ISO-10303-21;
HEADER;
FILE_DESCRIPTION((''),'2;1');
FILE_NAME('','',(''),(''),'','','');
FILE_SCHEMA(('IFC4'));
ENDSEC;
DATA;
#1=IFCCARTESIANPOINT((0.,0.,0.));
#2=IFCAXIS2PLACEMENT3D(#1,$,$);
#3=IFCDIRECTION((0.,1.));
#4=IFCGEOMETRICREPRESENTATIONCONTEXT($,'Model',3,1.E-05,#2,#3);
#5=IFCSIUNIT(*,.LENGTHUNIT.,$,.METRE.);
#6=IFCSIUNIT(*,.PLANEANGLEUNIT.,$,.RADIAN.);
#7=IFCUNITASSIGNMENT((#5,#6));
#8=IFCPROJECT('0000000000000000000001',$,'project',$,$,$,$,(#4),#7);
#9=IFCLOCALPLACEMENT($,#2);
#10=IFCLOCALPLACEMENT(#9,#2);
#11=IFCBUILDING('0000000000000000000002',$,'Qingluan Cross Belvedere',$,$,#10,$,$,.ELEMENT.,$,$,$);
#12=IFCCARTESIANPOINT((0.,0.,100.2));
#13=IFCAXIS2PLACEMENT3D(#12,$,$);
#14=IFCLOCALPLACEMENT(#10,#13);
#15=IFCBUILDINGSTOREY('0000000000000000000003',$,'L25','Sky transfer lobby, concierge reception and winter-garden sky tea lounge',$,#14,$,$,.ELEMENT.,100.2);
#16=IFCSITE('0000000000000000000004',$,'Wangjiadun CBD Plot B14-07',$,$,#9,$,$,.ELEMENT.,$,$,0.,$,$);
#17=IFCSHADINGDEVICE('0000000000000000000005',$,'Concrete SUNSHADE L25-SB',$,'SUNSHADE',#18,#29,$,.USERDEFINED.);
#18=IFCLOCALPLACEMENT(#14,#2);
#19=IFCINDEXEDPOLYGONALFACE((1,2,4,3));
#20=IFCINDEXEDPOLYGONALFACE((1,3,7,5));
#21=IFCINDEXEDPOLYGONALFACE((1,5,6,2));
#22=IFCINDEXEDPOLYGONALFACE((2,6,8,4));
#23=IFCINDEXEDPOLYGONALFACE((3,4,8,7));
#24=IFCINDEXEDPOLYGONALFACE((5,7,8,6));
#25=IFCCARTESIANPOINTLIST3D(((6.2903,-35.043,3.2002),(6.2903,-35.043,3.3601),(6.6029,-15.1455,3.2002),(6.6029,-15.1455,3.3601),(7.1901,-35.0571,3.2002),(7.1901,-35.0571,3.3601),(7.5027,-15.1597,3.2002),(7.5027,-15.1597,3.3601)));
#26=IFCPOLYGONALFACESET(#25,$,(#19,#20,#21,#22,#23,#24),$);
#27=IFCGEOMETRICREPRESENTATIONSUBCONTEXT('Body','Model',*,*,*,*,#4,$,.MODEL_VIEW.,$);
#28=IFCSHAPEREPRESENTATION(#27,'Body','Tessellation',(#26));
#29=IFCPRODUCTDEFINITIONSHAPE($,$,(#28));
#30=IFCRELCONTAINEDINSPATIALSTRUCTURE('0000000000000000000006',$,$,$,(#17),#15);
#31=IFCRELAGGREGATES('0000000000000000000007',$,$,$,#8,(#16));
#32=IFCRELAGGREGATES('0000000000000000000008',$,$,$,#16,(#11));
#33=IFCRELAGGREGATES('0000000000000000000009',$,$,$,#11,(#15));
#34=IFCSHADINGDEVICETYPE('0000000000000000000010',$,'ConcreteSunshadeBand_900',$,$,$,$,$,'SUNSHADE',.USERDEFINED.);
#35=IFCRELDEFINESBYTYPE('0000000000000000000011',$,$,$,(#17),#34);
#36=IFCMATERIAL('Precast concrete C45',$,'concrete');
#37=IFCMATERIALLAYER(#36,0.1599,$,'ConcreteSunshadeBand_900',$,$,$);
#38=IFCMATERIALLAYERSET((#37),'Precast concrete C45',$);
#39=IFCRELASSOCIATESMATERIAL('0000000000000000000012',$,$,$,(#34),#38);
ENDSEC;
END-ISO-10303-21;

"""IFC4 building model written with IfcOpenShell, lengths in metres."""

from ifc_helpers import new_model, si_unit, direction, frame, origin, origin_2d, place, context, subcontext, project, spatial, rectangle, extrude, material, layer, layer_set, type_object, element, save


model = new_model("IFC4")

# Units and contexts
model_context = context("Model", 3, precision=1e-05, world=origin(), true_north=direction((0.0, 1.0)))
body_context = subcontext(model_context, "Body", "Model", "MODEL_VIEW")
ifc_project = project(units=[si_unit("LENGTHUNIT", "METRE"), si_unit("PLANEANGLEUNIT", "RADIAN")], contexts=[model_context])

# Site, building, storey
site_placement = place(None, origin())
site = spatial("IfcSite", under=ifc_project, at=site_placement, Name="Wangjiadun CBD Plot B14-07", CompositionType="ELEMENT", RefElevation=0.0)
building_placement = place(site_placement, origin())
building = spatial("IfcBuilding", under=site, at=building_placement, Name="Qingluan Cross Belvedere", CompositionType="ELEMENT")
storey_placement = place(building_placement, frame((0.0, 0.0, 100.2)))
storey = spatial("IfcBuildingStorey", under=building, at=storey_placement, Name="L25", Description="Sky transfer lobby, concierge reception and winter-garden sky tea lounge", CompositionType="ELEMENT", Elevation=100.2)

# Shading device
ifc_material_1 = material(Name="Precast concrete C45", Category="concrete")
ifc_layer_1 = layer(ifc_material_1, 0.1599, Name="ConcreteSunshadeBand_900")
ifc_layer_set_1 = layer_set([ifc_layer_1], Name="Precast concrete C45")
shading_device_type = type_object("IfcShadingDeviceType", Name="ConcreteSunshadeBand_900", ElementType="SUNSHADE", PredefinedType="USERDEFINED", material=ifc_layer_set_1)
shading_device_placement = place(storey_placement, frame((6.8965, -25.1013, 3.2002), z_axis=(0.0, 0.0, 1.0), x_axis=(0.015706, 0.999877, 0.0)))
element("IfcShadingDevice", 1, at=shading_device_placement, inside=storey, type_object=shading_device_type, Name="Concrete SUNSHADE L25-SB", ObjectType="SUNSHADE", PredefinedType="USERDEFINED", context=body_context, shape_type="SweptSolid", body=[
    extrude(rectangle(XDim=19.8999, YDim=0.8999, at=origin_2d()), origin(), (0.0, 0.0, 1.0), 0.1599),
])

save(model, "model.ifc")
